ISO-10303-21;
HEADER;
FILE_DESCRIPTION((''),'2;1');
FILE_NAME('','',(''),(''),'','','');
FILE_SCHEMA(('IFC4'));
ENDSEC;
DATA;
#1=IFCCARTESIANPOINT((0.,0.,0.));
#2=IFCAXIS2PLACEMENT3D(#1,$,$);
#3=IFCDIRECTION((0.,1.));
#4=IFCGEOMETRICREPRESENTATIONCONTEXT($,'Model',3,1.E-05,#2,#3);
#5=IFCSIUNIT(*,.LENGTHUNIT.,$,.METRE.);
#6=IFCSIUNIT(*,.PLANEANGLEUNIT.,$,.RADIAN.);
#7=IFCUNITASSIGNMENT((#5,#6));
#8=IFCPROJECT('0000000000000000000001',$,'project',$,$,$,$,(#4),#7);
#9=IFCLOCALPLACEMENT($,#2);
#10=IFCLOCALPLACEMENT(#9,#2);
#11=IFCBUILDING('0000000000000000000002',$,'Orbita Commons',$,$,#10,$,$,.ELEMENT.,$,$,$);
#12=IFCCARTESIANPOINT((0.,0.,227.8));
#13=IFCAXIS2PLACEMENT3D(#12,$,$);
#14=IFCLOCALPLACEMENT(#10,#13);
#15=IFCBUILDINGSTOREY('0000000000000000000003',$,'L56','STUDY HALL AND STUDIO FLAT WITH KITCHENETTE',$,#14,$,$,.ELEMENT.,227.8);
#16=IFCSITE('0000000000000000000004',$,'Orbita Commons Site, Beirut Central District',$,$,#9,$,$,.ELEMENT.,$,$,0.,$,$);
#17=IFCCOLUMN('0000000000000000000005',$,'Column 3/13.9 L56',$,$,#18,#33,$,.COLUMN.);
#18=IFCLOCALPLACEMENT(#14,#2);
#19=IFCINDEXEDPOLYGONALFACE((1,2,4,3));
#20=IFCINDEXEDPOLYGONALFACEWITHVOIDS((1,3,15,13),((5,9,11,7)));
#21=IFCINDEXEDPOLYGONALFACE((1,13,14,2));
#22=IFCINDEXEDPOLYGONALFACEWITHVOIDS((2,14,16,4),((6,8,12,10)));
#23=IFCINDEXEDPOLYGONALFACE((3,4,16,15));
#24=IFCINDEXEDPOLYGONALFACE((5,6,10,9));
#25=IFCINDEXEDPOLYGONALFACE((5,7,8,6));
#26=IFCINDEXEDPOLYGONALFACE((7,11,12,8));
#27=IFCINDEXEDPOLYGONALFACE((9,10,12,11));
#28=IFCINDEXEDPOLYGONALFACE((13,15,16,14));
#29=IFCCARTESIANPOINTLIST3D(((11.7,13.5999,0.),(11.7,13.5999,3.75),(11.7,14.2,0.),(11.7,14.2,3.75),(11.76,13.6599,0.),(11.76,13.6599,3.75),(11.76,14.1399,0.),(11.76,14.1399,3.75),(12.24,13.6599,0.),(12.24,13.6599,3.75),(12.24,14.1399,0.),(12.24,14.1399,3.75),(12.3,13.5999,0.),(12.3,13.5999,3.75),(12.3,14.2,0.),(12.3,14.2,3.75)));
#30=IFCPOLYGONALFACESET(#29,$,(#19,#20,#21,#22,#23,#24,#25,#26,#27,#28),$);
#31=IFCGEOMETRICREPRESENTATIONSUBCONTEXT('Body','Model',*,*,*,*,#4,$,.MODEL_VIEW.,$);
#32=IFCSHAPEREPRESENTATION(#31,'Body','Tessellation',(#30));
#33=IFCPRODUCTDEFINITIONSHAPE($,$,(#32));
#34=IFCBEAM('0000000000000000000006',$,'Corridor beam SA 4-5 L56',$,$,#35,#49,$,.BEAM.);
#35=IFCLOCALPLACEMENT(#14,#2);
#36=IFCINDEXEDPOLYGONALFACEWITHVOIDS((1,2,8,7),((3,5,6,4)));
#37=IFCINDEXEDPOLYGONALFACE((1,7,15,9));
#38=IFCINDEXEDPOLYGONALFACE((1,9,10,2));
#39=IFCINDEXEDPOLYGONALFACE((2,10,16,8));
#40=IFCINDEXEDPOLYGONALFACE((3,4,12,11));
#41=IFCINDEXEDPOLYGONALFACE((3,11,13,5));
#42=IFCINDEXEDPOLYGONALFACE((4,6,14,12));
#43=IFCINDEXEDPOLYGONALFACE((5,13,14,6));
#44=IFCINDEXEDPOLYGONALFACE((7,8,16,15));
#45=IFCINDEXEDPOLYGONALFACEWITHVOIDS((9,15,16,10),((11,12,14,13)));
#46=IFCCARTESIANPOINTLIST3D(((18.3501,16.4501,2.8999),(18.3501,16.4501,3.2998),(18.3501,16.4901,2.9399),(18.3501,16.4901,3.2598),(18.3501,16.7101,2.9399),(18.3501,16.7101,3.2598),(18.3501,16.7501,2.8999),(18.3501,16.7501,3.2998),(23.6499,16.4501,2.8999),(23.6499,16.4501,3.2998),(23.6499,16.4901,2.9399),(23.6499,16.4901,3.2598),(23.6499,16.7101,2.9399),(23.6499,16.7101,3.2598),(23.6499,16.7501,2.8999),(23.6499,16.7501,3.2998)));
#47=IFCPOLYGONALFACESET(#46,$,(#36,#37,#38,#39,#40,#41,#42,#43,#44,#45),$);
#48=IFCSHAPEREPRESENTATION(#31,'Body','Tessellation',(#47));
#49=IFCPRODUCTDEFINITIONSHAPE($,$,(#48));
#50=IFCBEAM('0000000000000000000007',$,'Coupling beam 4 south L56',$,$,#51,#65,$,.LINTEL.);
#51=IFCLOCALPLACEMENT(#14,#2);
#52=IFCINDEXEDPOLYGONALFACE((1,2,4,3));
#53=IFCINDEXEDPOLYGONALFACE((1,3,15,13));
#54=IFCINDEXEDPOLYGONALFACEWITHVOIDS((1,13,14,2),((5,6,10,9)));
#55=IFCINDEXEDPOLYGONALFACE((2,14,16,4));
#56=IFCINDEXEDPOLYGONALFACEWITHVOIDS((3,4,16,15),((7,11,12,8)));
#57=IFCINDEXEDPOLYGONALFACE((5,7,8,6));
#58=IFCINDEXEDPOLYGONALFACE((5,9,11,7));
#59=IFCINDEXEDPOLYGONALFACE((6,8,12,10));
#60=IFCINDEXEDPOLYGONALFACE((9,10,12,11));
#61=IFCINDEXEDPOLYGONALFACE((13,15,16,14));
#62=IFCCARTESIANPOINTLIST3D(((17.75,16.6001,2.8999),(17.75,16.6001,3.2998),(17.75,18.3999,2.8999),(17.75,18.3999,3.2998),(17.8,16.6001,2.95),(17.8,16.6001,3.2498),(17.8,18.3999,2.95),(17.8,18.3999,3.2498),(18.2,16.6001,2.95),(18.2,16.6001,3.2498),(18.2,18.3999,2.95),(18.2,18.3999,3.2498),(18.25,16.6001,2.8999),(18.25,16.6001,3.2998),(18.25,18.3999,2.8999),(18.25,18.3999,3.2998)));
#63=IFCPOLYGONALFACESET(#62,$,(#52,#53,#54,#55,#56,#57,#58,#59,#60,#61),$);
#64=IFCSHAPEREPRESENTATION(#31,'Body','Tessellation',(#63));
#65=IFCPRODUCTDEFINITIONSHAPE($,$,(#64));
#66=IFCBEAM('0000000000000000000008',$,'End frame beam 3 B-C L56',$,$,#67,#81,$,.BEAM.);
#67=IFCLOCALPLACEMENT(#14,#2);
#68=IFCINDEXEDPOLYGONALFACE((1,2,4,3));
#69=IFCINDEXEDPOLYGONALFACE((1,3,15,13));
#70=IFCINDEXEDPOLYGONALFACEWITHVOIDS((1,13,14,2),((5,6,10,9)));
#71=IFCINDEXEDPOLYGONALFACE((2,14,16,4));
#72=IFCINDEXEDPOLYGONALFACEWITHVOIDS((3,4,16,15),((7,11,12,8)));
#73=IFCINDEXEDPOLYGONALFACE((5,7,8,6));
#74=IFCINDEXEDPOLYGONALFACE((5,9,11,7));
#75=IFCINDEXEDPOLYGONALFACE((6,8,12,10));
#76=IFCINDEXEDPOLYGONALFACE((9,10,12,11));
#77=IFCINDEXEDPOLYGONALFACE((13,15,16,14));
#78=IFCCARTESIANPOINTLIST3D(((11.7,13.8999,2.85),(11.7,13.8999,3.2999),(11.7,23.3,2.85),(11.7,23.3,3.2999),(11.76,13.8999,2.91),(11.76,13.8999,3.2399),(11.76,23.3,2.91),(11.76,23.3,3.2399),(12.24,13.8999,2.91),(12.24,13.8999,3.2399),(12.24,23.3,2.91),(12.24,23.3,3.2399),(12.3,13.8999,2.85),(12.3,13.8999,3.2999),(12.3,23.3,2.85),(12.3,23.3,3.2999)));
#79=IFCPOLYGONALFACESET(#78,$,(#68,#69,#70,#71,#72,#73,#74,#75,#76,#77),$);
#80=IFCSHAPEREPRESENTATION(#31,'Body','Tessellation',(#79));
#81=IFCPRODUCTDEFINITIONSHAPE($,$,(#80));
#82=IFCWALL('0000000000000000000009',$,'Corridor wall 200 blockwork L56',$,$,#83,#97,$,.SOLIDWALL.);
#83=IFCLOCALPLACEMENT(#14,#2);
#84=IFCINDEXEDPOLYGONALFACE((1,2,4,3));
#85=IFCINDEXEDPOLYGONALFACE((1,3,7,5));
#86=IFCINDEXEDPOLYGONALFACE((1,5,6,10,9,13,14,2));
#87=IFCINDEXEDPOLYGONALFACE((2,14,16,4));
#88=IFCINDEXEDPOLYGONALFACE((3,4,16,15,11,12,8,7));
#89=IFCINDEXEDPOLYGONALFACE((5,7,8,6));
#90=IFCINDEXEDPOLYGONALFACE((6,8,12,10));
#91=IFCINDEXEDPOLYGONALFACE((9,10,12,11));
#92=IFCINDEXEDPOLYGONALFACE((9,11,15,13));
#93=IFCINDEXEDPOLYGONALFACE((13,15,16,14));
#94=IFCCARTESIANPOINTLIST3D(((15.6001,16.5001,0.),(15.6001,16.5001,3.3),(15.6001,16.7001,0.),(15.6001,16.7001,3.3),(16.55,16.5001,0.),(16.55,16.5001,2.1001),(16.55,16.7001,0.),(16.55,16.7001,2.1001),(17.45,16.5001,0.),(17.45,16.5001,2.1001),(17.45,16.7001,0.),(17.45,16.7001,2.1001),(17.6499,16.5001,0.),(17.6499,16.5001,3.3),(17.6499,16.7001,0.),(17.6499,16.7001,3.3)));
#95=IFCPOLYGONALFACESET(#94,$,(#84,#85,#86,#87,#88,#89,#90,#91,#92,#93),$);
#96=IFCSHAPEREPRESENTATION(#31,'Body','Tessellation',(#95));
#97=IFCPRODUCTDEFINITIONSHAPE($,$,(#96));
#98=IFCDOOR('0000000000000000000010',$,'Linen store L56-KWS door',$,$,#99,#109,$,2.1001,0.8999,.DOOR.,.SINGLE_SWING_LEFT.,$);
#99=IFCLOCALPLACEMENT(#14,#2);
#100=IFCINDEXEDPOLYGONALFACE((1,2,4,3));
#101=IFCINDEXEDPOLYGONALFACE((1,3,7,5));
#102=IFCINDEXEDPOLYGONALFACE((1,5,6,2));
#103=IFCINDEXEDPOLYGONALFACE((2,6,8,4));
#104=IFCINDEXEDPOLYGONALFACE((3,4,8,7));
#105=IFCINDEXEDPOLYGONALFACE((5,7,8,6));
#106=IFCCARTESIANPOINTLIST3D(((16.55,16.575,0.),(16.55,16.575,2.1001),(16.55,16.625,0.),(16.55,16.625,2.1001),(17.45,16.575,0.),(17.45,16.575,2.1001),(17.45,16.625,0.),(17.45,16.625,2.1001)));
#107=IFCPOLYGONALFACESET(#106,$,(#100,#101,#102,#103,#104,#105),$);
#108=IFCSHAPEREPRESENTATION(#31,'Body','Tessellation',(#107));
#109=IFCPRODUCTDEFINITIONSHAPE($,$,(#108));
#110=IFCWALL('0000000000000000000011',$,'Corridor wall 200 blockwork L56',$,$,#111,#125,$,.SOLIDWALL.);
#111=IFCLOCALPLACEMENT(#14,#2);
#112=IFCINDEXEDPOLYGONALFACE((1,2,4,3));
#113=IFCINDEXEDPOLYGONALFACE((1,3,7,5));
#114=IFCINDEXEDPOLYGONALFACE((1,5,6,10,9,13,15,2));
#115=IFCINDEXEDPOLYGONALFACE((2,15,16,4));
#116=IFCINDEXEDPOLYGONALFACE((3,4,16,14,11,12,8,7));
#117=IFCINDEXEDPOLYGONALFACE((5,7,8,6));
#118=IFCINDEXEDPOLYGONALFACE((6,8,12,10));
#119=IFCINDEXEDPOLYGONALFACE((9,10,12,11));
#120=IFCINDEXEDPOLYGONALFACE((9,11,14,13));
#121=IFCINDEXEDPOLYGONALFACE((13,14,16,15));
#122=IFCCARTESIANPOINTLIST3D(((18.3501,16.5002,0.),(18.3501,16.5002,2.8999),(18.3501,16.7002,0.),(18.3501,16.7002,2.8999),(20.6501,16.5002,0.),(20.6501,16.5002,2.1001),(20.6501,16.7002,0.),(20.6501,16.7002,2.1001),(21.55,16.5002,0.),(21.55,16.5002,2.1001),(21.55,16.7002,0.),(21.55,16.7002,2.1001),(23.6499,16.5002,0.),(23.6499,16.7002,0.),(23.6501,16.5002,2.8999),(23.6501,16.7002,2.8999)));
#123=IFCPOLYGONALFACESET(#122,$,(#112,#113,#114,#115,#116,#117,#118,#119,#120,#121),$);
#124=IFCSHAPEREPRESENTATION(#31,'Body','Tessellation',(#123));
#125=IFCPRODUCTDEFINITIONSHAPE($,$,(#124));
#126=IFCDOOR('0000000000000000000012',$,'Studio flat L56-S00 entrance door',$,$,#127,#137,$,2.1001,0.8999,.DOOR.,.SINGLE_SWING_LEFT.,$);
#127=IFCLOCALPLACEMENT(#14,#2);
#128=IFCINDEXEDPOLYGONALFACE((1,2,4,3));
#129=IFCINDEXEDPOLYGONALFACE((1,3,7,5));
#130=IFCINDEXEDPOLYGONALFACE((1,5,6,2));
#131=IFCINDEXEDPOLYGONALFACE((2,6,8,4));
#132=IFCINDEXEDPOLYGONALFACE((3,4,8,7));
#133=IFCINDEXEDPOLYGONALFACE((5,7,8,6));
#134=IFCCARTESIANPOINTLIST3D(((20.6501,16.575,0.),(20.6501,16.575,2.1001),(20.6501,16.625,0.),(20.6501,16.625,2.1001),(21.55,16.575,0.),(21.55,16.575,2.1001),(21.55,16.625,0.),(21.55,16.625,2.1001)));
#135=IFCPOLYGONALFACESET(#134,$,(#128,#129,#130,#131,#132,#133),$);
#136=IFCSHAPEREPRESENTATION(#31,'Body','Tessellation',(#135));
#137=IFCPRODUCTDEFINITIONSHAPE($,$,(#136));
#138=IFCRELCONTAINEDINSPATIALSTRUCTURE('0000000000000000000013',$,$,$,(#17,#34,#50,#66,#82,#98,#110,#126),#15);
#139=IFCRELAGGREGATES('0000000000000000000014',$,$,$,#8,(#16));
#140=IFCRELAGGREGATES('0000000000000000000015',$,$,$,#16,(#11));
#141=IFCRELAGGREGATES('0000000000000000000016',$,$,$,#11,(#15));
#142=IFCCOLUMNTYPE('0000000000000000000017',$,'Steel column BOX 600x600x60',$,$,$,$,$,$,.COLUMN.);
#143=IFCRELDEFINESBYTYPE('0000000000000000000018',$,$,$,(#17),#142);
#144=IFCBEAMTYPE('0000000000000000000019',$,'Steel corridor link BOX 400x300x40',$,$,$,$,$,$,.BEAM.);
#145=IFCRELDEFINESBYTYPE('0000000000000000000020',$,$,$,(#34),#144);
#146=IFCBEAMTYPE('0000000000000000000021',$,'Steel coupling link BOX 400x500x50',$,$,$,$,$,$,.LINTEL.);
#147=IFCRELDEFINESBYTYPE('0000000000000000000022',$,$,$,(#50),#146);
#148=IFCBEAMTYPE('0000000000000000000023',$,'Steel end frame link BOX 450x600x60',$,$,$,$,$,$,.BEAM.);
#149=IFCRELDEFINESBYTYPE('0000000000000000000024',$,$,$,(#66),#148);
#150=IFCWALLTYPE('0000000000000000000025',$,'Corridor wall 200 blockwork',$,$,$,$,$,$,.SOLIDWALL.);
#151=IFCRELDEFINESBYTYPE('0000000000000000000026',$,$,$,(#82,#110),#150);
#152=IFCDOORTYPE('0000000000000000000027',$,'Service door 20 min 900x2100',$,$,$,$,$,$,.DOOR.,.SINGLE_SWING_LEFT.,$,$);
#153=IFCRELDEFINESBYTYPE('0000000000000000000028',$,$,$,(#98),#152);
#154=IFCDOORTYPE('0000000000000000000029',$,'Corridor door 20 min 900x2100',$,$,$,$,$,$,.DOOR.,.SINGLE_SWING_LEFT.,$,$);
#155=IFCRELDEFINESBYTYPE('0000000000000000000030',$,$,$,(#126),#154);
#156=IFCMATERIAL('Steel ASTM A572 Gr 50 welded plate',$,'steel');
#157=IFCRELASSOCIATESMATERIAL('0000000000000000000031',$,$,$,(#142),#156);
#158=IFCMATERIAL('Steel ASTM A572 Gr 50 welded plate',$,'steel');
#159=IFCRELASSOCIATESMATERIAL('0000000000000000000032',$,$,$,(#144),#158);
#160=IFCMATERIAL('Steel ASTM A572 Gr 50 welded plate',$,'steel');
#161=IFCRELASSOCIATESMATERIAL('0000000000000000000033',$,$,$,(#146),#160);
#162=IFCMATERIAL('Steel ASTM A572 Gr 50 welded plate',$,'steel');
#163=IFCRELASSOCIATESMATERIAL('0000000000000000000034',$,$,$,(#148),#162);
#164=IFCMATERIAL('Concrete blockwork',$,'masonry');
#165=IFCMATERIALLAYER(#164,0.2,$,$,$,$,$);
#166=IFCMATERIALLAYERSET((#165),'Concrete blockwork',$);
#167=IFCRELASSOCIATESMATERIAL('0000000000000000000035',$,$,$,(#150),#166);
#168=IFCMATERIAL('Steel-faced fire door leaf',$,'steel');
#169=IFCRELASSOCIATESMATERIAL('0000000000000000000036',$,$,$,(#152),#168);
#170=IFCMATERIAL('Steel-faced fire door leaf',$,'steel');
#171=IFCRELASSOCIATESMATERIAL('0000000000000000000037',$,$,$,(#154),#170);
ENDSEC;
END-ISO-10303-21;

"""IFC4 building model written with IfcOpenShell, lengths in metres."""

from ifc_helpers import new_model, si_unit, direction, frame, frame_2d, origin, origin_2d, place, context, subcontext, project, spatial, polyline, rectangle, hollow_rectangle, outline, extrude, material, layer, layer_set, material_profile, profile_set, type_object, element, fill, save


model = new_model("IFC4")

# Units and contexts
model_context = context("Model", 3, precision=1e-05, world=origin(), true_north=direction((0.0, 1.0)))
body_context = subcontext(model_context, "Body", "Model", "MODEL_VIEW")
ifc_project = project(units=[si_unit("LENGTHUNIT", "METRE"), si_unit("PLANEANGLEUNIT", "RADIAN")], contexts=[model_context])

# Site, building, storey
site_placement = place(None, origin())
site = spatial("IfcSite", under=ifc_project, at=site_placement, Name="Orbita Commons Site, Beirut Central District", CompositionType="ELEMENT", RefElevation=0.0)
building_placement = place(site_placement, origin())
building = spatial("IfcBuilding", under=site, at=building_placement, Name="Orbita Commons", CompositionType="ELEMENT")
storey_placement = place(building_placement, frame((0.0, 0.0, 227.8)))
storey = spatial("IfcBuildingStorey", under=building, at=storey_placement, Name="L56", Description="STUDY HALL AND STUDIO FLAT WITH KITCHENETTE", CompositionType="ELEMENT", Elevation=227.8)

# Column
ifc_material_1 = material(Name="Steel ASTM A572 Gr 50 welded plate", Category="steel")
ifc_material_profile_1 = material_profile(ifc_material_1, hollow_rectangle(XDim=0.6001, YDim=0.6001, WallThickness=0.0601, at=origin_2d()), Name="BOX 600x600x60")
ifc_profile_set_1 = profile_set([ifc_material_profile_1], Name="Steel ASTM A572 Gr 50 welded plate")
column_type = type_object("IfcColumnType", Name="Steel column BOX 600x600x60", PredefinedType="COLUMN", material=ifc_profile_set_1)
column_placement = place(storey_placement, frame((12.0, 13.8999, 0.0), z_axis=(0.0, 0.0, 1.0), x_axis=(1.0, 0.0, 0.0)))
element("IfcColumn", 1, at=column_placement, inside=storey, type_object=column_type, Name="Column 3/13.9 L56", PredefinedType="COLUMN", context=body_context, shape_type="SweptSolid", body=[
    extrude(hollow_rectangle(XDim=0.6001, YDim=0.6001, WallThickness=0.0601, at=origin_2d()), origin(), (0.0, 0.0, 1.0), 3.75),
])

# Beams
ifc_material_2 = material(Name="Steel ASTM A572 Gr 50 welded plate", Category="steel")
ifc_material_profile_2 = material_profile(ifc_material_2, hollow_rectangle(XDim=0.3, YDim=0.3999, WallThickness=0.04, at=origin_2d()), Name="BOX 400x300x40")
ifc_profile_set_2 = profile_set([ifc_material_profile_2], Name="Steel ASTM A572 Gr 50 welded plate")
beam_type_1 = type_object("IfcBeamType", Name="Steel corridor link BOX 400x300x40", PredefinedType="BEAM", material=ifc_profile_set_2)
beam_1_placement = place(storey_placement, frame((18.3501, 16.6001, 3.0999), z_axis=(1.0, 0.0, 0.0), x_axis=(0.0, 1.0, 0.0)))
element("IfcBeam", 2, at=beam_1_placement, inside=storey, type_object=beam_type_1, Name="Corridor beam SA 4-5 L56", PredefinedType="BEAM", context=body_context, shape_type="SweptSolid", body=[
    extrude(hollow_rectangle(XDim=0.3, YDim=0.3999, WallThickness=0.04, at=origin_2d()), origin(), (0.0, 0.0, 1.0), 5.2998),
])
ifc_material_3 = material(Name="Steel ASTM A572 Gr 50 welded plate", Category="steel")
ifc_material_profile_3 = material_profile(ifc_material_3, hollow_rectangle(XDim=0.5, YDim=0.3999, WallThickness=0.05, at=origin_2d()), Name="BOX 400x500x50")
ifc_profile_set_3 = profile_set([ifc_material_profile_3], Name="Steel ASTM A572 Gr 50 welded plate")
beam_type_2 = type_object("IfcBeamType", Name="Steel coupling link BOX 400x500x50", PredefinedType="LINTEL", material=ifc_profile_set_3)
beam_2_placement = place(storey_placement, frame((18.0, 16.6001, 3.0999), z_axis=(0.0, 1.0, 0.0), x_axis=(-1.0, 0.0, 0.0)))
element("IfcBeam", 3, at=beam_2_placement, inside=storey, type_object=beam_type_2, Name="Coupling beam 4 south L56", PredefinedType="LINTEL", context=body_context, shape_type="SweptSolid", body=[
    extrude(hollow_rectangle(XDim=0.5, YDim=0.3999, WallThickness=0.05, at=origin_2d()), origin(), (0.0, 0.0, 1.0), 1.7998),
])
ifc_material_4 = material(Name="Steel ASTM A572 Gr 50 welded plate", Category="steel")
ifc_material_profile_4 = material_profile(ifc_material_4, hollow_rectangle(XDim=0.6001, YDim=0.45, WallThickness=0.0601, at=origin_2d()), Name="BOX 450x600x60")
ifc_profile_set_4 = profile_set([ifc_material_profile_4], Name="Steel ASTM A572 Gr 50 welded plate")
beam_type_3 = type_object("IfcBeamType", Name="Steel end frame link BOX 450x600x60", PredefinedType="BEAM", material=ifc_profile_set_4)
beam_3_placement = place(storey_placement, frame((12.0, 13.8999, 3.075), z_axis=(0.0, 1.0, 0.0), x_axis=(-1.0, 0.0, 0.0)))
element("IfcBeam", 4, at=beam_3_placement, inside=storey, type_object=beam_type_3, Name="End frame beam 3 B-C L56", PredefinedType="BEAM", context=body_context, shape_type="SweptSolid", body=[
    extrude(hollow_rectangle(XDim=0.6001, YDim=0.45, WallThickness=0.0601, at=origin_2d()), origin(), (0.0, 0.0, 1.0), 9.4001),
])

# Walls, openings, doors
ifc_material_5 = material(Name="Concrete blockwork", Category="masonry")
ifc_layer_1 = layer(ifc_material_5, 0.2)
ifc_layer_set_1 = layer_set([ifc_layer_1], Name="Concrete blockwork")
wall_type_1 = type_object("IfcWallType", Name="Corridor wall 200 blockwork", PredefinedType="SOLIDWALL", material=ifc_layer_set_1)
wall_1_placement = place(storey_placement, frame((15.6001, 16.6001, 0.0), z_axis=(0.0, 0.0, 1.0), x_axis=(1.0, 0.0, 0.0)))
wall_1 = element("IfcWall", 5, at=wall_1_placement, inside=storey, type_object=wall_type_1, Name="Corridor wall 200 blockwork L56", PredefinedType="SOLIDWALL", context=body_context, shape_type="SweptSolid", body=[
    extrude(rectangle(XDim=2.0498, YDim=0.2, at=frame_2d((1.0249, 0.0))), origin(), (0.0, 0.0, 1.0), 3.3),
])
opening_1_placement = place(wall_1_placement, frame((0.95, 0.0, 0.0)))
opening_1 = element("IfcOpeningElement", 6, at=opening_1_placement, cuts=wall_1, PredefinedType="OPENING", context=body_context, shape_type="SweptSolid", body=[
    extrude(rectangle(XDim=0.8999, YDim=2.1001, at=frame_2d((0.45, 1.05))), frame((0.0, 0.1099, 0.0), z_axis=(0.0, -1.0, 0.0), x_axis=(1.0, 0.0, 0.0)), (0.0, 0.0, 1.0), 0.22),
])
ifc_material_6 = material(Name="Steel-faced fire door leaf", Category="steel")
door_type_1 = type_object("IfcDoorType", Name="Service door 20 min 900x2100", OperationType="SINGLE_SWING_LEFT", PredefinedType="DOOR", material=ifc_material_6)
door_1_placement = place(opening_1_placement, origin())
door_1 = element("IfcDoor", 7, at=door_1_placement, inside=storey, type_object=door_type_1, Name="Linen store L56-KWS door", OperationType="SINGLE_SWING_LEFT", OverallHeight=2.1001, OverallWidth=0.8999, PredefinedType="DOOR", context=body_context, shape_type="SweptSolid", body=[
    extrude(rectangle(XDim=0.8999, YDim=2.1001, at=frame_2d((0.45, 1.05))), frame((0.0, 0.0249, 0.0), z_axis=(0.0, -1.0, 0.0), x_axis=(1.0, 0.0, 0.0)), (0.0, 0.0, 1.0), 0.05),
])
fill(opening_1, door_1)
wall_2_placement = place(storey_placement, frame((18.3501, 16.6001, 0.0), z_axis=(0.0, 0.0, 1.0), x_axis=(1.0, 0.0, 0.0)))
wall_2 = element("IfcWall", 8, at=wall_2_placement, inside=storey, type_object=wall_type_1, Name="Corridor wall 200 blockwork L56", PredefinedType="SOLIDWALL", context=body_context, shape_type="SweptSolid", body=[
    extrude(outline(polyline([(0.0, 0.0), (5.2998, 0.0), (5.3, 2.8999), (0.0, 2.8999), (0.0, 0.0)])), frame((0.0, 0.1001, 0.0), z_axis=(0.0, -1.0, 0.0), x_axis=(1.0, 0.0, 0.0)), (0.0, 0.0, 1.0), 0.2),
])
opening_2_placement = place(wall_2_placement, frame((2.3, 0.0, 0.0)))
opening_2 = element("IfcOpeningElement", 9, at=opening_2_placement, cuts=wall_2, PredefinedType="OPENING", context=body_context, shape_type="SweptSolid", body=[
    extrude(rectangle(XDim=0.8999, YDim=2.1001, at=frame_2d((0.45, 1.05))), frame((0.0, 0.1099, 0.0), z_axis=(0.0, -1.0, 0.0), x_axis=(1.0, 0.0, 0.0)), (0.0, 0.0, 1.0), 0.22),
])
ifc_material_7 = material(Name="Steel-faced fire door leaf", Category="steel")
door_type_2 = type_object("IfcDoorType", Name="Corridor door 20 min 900x2100", OperationType="SINGLE_SWING_LEFT", PredefinedType="DOOR", material=ifc_material_7)
door_2_placement = place(opening_2_placement, origin())
door_2 = element("IfcDoor", 10, at=door_2_placement, inside=storey, type_object=door_type_2, Name="Studio flat L56-S00 entrance door", OperationType="SINGLE_SWING_LEFT", OverallHeight=2.1001, OverallWidth=0.8999, PredefinedType="DOOR", context=body_context, shape_type="SweptSolid", body=[
    extrude(rectangle(XDim=0.8999, YDim=2.1001, at=frame_2d((0.45, 1.05))), frame((0.0, 0.0249, 0.0), z_axis=(0.0, -1.0, 0.0), x_axis=(1.0, 0.0, 0.0)), (0.0, 0.0, 1.0), 0.05),
])
fill(opening_2, door_2)

save(model, "model.ifc")
